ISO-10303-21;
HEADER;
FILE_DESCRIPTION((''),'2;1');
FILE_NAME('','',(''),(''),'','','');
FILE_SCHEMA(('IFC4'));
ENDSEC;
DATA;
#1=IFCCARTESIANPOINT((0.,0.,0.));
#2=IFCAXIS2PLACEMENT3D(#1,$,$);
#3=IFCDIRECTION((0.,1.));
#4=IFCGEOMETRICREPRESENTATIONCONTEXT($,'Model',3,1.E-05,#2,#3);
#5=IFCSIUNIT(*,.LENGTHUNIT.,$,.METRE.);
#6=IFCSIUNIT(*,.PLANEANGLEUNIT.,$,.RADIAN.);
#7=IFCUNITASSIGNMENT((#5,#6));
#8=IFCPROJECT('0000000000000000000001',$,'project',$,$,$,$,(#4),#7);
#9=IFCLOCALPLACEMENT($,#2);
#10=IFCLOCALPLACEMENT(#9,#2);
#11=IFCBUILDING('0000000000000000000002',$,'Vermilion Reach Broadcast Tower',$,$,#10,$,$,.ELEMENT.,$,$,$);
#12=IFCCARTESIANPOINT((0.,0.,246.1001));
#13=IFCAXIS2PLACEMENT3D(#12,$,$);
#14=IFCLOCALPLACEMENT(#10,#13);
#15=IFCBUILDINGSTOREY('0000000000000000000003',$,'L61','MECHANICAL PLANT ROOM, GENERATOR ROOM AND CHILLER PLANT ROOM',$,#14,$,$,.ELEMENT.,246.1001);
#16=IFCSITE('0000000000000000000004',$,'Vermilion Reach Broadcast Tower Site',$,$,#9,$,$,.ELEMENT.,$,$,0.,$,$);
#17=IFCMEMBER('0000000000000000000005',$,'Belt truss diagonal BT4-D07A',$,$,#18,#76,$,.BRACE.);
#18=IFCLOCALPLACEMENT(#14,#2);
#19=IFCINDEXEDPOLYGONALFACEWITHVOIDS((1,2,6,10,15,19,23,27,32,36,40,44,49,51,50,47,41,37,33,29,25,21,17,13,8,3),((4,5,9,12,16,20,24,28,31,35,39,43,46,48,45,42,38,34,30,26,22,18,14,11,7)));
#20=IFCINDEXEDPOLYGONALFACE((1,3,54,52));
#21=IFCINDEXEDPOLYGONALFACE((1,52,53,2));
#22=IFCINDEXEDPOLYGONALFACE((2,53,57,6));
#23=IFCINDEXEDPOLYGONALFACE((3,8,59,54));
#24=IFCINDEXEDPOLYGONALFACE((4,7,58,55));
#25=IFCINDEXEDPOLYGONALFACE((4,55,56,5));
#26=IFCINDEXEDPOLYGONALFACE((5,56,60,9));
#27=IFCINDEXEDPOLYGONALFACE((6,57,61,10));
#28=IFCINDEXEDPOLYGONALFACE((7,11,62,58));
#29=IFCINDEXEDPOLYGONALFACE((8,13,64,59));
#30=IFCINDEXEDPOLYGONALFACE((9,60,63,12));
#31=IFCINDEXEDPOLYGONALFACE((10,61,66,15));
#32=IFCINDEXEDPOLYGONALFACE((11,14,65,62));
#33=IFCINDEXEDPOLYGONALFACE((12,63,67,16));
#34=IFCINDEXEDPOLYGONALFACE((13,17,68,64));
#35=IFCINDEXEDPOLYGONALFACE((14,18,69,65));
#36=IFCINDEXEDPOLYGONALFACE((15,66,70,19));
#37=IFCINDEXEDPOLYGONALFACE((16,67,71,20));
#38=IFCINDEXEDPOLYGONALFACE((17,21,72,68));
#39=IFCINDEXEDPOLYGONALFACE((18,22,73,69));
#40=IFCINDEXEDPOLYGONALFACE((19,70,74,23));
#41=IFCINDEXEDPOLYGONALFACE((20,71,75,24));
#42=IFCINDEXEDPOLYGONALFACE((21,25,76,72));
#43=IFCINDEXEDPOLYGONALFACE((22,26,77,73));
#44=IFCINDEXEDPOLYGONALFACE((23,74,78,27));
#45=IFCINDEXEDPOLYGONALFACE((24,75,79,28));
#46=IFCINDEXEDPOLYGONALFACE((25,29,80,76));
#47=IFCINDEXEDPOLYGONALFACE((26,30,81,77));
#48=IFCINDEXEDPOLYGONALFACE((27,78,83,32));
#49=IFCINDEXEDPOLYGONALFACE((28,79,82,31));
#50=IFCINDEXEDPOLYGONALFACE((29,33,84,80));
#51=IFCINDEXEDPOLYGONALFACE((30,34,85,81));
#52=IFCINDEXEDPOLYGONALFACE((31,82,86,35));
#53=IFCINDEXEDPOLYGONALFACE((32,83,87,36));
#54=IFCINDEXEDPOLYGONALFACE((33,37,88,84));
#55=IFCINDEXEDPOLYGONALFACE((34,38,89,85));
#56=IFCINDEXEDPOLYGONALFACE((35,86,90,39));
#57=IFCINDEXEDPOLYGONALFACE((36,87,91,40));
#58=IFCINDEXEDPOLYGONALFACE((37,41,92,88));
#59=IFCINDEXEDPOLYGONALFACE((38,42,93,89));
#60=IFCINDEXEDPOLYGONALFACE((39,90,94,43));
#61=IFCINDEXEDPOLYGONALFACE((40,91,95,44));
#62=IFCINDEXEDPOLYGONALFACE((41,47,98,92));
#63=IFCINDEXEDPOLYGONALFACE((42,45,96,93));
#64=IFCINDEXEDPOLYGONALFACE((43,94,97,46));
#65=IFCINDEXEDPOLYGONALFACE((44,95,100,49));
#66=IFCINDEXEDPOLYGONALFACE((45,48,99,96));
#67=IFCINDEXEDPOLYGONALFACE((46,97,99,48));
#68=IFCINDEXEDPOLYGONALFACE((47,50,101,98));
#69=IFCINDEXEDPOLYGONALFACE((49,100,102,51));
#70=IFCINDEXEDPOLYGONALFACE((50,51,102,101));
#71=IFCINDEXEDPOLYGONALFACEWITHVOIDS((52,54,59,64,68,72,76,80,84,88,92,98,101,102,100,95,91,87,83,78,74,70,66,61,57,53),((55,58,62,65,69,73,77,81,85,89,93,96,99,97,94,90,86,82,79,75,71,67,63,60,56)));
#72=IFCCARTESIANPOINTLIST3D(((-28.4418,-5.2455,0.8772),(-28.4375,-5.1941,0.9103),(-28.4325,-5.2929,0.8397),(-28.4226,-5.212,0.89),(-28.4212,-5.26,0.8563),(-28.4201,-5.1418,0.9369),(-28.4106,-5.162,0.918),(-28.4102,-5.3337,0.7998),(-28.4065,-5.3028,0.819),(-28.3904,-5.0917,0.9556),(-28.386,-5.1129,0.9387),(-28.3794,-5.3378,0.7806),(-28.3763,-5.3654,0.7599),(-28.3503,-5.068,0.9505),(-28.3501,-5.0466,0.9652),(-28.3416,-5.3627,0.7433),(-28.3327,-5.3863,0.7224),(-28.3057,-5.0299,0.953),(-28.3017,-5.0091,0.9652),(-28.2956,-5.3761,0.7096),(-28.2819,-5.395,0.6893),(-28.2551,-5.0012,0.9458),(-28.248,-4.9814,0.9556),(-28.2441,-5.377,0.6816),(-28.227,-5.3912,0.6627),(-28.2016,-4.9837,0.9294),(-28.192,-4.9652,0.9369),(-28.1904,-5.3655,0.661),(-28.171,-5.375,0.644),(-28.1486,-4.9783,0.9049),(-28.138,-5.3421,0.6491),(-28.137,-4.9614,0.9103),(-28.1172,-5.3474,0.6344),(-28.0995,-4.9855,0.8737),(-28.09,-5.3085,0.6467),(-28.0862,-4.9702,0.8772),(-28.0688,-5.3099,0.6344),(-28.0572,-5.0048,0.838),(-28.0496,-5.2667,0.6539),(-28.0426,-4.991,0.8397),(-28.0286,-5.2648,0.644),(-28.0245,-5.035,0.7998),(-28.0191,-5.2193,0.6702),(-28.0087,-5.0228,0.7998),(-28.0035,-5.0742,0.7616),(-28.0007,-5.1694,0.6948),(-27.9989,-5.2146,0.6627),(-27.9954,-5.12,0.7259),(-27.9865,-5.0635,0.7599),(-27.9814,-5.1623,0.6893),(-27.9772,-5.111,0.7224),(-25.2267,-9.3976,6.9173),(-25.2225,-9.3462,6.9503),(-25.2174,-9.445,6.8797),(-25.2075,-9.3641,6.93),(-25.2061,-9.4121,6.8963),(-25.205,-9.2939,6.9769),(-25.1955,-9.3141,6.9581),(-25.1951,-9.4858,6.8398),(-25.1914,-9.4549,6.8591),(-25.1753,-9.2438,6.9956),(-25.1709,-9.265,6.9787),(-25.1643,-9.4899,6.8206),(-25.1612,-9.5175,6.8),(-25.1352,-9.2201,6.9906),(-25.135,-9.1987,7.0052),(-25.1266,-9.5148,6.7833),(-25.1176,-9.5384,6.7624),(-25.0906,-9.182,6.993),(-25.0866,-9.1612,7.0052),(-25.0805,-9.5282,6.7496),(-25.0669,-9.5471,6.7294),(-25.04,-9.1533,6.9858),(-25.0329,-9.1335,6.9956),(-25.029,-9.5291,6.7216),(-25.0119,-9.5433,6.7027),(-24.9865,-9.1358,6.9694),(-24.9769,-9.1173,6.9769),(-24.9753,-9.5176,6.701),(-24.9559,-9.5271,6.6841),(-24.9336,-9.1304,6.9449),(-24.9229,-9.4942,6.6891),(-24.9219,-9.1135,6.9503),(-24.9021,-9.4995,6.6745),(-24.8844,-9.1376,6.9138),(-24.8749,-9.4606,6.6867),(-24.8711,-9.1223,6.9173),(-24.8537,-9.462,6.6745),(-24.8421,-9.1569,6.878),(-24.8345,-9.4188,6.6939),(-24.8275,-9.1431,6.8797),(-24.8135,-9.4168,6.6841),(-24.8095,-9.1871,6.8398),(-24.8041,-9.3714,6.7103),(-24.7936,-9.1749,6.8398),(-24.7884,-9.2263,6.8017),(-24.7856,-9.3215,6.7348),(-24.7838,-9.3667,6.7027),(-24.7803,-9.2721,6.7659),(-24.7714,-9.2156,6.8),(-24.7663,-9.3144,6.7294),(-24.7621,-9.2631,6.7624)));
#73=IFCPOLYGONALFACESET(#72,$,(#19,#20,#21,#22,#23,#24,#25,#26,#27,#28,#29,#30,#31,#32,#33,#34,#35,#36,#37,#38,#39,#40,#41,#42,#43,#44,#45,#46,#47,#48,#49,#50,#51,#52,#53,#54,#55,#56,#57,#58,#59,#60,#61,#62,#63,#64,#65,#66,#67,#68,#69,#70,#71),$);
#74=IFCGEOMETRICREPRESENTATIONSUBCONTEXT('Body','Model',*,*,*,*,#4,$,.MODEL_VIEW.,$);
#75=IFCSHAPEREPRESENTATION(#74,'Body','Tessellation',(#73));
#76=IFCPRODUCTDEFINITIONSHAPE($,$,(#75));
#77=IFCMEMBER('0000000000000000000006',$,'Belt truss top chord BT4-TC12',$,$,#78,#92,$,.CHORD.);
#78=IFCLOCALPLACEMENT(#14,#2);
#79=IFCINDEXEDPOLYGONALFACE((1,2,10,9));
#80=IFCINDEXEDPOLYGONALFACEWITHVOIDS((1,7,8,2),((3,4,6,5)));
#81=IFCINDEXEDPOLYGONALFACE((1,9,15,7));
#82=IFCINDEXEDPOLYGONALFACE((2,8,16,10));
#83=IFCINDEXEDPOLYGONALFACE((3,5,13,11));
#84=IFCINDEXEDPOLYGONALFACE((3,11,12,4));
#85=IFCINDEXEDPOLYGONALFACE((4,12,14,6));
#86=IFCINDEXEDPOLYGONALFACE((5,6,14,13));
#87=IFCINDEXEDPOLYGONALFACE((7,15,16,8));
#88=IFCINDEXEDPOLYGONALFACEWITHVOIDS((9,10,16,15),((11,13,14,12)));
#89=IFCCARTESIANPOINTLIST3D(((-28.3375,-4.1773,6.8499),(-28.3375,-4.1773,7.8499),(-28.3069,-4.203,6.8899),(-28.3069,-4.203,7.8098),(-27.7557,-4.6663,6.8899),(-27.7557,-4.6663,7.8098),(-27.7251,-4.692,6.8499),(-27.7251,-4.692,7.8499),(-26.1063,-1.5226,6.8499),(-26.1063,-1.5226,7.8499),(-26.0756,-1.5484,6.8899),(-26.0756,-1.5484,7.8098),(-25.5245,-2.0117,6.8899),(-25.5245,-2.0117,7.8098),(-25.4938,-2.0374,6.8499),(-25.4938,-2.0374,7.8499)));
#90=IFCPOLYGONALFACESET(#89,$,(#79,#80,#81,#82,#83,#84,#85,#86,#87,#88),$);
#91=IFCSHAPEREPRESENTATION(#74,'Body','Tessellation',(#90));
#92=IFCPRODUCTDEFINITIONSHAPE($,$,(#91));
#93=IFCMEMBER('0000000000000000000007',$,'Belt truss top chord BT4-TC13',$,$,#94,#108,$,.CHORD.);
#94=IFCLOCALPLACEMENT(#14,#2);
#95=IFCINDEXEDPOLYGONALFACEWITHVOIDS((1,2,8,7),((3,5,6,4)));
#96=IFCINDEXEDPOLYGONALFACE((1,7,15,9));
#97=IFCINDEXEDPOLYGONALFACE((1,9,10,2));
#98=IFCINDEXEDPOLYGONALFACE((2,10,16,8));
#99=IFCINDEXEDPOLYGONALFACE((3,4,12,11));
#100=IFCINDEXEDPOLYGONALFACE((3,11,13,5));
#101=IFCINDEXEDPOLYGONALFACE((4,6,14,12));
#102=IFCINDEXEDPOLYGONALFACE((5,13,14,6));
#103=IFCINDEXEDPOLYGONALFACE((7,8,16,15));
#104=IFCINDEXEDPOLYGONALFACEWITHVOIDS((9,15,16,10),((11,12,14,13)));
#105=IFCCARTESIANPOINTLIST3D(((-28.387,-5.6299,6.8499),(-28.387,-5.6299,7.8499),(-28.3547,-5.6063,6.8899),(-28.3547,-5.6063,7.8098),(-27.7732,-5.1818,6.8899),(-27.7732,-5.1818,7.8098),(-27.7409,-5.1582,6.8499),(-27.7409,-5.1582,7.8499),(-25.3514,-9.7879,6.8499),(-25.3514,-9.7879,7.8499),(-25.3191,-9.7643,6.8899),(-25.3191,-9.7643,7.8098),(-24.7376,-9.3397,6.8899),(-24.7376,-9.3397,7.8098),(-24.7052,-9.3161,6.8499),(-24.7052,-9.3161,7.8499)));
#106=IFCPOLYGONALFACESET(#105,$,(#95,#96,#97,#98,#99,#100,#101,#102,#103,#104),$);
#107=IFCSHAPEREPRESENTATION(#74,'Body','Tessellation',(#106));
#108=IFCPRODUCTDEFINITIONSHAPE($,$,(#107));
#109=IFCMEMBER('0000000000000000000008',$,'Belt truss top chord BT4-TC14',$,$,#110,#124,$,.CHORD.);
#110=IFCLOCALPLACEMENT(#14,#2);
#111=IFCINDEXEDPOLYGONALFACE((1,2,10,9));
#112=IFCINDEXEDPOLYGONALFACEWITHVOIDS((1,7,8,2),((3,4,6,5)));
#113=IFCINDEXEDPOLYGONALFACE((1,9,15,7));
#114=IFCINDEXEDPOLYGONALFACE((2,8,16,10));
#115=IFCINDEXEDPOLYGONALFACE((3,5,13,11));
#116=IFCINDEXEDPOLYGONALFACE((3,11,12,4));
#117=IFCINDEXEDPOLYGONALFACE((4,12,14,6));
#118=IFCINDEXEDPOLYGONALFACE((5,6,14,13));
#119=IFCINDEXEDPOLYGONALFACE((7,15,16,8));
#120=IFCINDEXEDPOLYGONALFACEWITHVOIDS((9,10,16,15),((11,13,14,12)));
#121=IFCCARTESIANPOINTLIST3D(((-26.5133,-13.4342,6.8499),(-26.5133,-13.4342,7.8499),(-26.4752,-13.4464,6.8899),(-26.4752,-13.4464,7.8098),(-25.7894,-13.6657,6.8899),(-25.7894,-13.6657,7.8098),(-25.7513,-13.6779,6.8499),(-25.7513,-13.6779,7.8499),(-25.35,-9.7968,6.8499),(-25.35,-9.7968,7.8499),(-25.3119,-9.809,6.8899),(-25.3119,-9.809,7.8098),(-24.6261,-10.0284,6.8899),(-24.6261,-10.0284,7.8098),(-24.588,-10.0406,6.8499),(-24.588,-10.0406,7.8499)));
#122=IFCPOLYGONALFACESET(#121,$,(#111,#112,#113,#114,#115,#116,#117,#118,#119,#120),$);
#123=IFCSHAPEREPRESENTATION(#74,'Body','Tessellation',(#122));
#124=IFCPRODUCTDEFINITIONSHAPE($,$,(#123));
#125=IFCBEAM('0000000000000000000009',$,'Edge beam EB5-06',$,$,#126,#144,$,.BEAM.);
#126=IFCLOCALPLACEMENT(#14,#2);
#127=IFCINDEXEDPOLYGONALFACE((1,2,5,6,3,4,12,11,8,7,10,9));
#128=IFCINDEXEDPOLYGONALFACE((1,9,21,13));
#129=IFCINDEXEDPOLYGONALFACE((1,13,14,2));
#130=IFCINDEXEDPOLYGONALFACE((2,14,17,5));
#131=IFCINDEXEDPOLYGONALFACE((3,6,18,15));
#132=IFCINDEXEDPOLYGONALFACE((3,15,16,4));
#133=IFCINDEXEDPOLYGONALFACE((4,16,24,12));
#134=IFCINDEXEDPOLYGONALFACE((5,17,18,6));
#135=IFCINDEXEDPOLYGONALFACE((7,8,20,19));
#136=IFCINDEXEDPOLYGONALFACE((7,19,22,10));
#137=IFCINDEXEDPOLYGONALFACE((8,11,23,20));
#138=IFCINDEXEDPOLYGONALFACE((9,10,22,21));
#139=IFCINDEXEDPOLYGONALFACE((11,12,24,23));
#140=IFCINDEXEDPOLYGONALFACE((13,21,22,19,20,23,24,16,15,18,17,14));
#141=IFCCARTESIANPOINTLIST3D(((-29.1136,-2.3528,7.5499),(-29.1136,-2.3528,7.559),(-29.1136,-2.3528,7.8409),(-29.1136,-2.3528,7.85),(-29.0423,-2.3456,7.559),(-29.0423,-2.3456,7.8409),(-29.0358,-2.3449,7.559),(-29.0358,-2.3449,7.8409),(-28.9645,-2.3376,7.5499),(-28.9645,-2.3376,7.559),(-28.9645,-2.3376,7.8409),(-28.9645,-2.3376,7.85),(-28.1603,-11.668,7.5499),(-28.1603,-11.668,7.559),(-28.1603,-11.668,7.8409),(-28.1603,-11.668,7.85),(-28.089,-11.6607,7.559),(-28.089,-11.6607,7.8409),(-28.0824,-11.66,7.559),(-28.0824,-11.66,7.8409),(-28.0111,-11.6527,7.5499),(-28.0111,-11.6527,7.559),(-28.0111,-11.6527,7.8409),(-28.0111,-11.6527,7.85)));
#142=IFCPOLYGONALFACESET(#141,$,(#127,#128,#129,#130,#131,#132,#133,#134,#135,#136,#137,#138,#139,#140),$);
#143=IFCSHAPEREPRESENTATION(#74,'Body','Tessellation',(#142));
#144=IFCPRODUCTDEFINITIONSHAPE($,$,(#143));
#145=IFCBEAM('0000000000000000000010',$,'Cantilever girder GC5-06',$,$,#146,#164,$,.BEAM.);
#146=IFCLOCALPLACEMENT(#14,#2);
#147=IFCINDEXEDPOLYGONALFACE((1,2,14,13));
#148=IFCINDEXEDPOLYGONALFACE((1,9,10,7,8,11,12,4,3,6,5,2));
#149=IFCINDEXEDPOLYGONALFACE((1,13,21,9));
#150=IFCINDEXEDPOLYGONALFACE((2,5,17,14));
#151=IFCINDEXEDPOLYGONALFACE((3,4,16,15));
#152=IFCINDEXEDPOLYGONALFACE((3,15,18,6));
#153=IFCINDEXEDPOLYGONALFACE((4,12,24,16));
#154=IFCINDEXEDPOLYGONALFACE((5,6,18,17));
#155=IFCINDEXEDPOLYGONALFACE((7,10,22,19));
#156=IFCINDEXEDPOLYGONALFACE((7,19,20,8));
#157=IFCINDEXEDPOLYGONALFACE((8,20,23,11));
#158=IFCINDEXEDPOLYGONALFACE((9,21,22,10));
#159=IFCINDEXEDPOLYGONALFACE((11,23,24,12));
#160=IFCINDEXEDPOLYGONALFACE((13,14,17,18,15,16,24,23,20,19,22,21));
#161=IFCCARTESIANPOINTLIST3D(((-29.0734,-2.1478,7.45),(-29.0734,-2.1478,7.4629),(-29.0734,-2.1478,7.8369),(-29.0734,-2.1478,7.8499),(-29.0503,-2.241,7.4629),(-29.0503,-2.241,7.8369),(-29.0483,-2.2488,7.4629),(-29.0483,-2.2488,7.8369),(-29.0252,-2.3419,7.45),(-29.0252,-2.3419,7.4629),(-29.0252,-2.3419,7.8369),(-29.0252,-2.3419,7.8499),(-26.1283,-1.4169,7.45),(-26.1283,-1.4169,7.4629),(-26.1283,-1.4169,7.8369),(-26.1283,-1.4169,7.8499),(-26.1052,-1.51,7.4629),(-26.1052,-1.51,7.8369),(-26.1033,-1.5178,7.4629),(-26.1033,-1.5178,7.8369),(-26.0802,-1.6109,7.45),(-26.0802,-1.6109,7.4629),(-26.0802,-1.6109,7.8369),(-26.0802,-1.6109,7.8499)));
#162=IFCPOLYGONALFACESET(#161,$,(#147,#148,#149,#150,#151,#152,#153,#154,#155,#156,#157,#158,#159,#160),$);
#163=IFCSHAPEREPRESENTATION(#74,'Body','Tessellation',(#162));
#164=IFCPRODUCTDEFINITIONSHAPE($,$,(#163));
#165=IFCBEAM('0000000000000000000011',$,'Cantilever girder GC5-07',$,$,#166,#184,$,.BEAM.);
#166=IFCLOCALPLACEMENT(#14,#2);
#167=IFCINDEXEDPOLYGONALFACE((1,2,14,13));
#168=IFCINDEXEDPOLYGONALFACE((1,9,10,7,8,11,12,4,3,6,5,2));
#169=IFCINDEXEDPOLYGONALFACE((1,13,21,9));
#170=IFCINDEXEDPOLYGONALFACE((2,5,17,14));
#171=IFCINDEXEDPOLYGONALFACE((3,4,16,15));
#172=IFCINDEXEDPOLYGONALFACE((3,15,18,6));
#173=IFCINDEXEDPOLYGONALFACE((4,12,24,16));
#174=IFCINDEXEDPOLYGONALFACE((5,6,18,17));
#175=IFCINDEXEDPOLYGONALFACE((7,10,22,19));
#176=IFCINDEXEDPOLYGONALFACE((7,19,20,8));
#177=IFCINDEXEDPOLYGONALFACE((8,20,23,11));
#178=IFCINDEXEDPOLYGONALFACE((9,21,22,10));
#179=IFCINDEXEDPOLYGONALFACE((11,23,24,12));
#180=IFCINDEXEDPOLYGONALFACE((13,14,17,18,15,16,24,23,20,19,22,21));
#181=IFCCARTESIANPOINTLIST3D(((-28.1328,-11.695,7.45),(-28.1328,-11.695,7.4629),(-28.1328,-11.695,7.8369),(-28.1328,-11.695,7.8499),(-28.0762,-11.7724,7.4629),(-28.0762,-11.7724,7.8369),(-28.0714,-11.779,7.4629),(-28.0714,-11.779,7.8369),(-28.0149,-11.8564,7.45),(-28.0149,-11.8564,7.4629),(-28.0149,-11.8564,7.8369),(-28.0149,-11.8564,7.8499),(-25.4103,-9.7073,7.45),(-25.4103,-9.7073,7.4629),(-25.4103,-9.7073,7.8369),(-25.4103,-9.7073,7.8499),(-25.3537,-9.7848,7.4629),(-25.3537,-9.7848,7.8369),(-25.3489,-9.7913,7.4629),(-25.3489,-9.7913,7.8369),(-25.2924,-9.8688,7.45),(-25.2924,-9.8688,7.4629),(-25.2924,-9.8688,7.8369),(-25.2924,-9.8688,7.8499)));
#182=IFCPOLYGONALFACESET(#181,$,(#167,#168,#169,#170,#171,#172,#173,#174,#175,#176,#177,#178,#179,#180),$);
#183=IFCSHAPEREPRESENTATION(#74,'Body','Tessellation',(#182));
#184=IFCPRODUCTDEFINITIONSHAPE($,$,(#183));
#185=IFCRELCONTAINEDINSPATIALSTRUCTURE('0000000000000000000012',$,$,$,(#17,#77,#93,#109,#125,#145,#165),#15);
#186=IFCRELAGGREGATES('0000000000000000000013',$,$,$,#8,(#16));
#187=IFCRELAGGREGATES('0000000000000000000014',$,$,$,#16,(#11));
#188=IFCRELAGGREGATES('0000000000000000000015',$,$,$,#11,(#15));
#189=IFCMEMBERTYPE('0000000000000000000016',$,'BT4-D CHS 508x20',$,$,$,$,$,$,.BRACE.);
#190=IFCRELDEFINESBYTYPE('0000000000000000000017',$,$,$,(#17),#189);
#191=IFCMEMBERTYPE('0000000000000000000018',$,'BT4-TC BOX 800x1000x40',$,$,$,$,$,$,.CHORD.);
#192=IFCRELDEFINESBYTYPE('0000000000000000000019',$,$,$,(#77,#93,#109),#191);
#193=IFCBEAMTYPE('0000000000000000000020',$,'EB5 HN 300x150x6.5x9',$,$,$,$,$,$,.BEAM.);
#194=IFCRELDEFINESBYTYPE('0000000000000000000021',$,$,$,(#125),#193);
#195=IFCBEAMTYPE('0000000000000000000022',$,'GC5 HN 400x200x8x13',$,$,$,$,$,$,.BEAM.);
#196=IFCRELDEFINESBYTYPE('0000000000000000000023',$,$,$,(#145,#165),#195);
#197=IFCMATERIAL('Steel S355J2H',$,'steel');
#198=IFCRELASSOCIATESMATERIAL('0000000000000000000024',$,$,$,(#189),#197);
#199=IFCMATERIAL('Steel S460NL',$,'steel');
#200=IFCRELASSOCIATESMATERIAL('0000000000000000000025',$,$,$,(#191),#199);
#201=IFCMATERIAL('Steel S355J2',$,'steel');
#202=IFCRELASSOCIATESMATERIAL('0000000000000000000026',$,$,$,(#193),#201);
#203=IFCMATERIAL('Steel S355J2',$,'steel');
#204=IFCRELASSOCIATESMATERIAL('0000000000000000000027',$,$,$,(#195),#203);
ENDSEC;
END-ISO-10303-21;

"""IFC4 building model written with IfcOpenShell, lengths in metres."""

from ifc_helpers import new_model, si_unit, direction, frame, origin, origin_2d, place, context, subcontext, project, spatial, hollow_rectangle, hollow_circle, i_section, extrude, material, material_profile, profile_set, type_object, element, save


model = new_model("IFC4")

# Units and contexts
model_context = context("Model", 3, precision=1e-05, world=origin(), true_north=direction((0.0, 1.0)))
body_context = subcontext(model_context, "Body", "Model", "MODEL_VIEW")
ifc_project = project(units=[si_unit("LENGTHUNIT", "METRE"), si_unit("PLANEANGLEUNIT", "RADIAN")], contexts=[model_context])

# Site, building, storey
site_placement = place(None, origin())
site = spatial("IfcSite", under=ifc_project, at=site_placement, Name="Vermilion Reach Broadcast Tower Site", CompositionType="ELEMENT", RefElevation=0.0)
building_placement = place(site_placement, origin())
building = spatial("IfcBuilding", under=site, at=building_placement, Name="Vermilion Reach Broadcast Tower", CompositionType="ELEMENT")
storey_placement = place(building_placement, frame((0.0, 0.0, 246.1001)))
storey = spatial("IfcBuildingStorey", under=building, at=storey_placement, Name="L61", Description="MECHANICAL PLANT ROOM, GENERATOR ROOM AND CHILLER PLANT ROOM", CompositionType="ELEMENT", Elevation=246.1001)

# Members
ifc_material_1 = material(Name="Steel S355J2H", Category="steel")
ifc_material_profile_1 = material_profile(ifc_material_1, hollow_circle(Radius=0.2539, WallThickness=0.02, at=origin_2d()), Name="S355J2H CHS 508x20")
ifc_profile_set_1 = profile_set([ifc_material_profile_1], Name="Steel S355J2H")
member_type_1 = type_object("IfcMemberType", Name="BT4-D CHS 508x20", PredefinedType="BRACE", material=ifc_profile_set_1)
member_1_placement = place(storey_placement, frame((-28.2095, -5.1782, 0.7998), z_axis=(0.401702, -0.518774, 0.754658), x_axis=(0.790672, 0.61224, 0.0)))
element("IfcMember", 1, at=member_1_placement, inside=storey, type_object=member_type_1, Name="Belt truss diagonal BT4-D07A", PredefinedType="BRACE", context=body_context, shape_type="SweptSolid", body=[
    extrude(hollow_circle(Radius=0.2539, WallThickness=0.02, at=origin_2d()), origin(), (0.0, 0.0, 1.0), 8.0037),
])
ifc_material_2 = material(Name="Steel S460NL", Category="steel")
ifc_material_profile_2 = material_profile(ifc_material_2, hollow_rectangle(XDim=0.8, YDim=1.0, WallThickness=0.04, at=origin_2d()), Name="S460NL BOX 800x1000x40")
ifc_profile_set_2 = profile_set([ifc_material_profile_2], Name="Steel S460NL")
member_type_2 = type_object("IfcMemberType", Name="BT4-TC BOX 800x1000x40", PredefinedType="CHORD", material=ifc_profile_set_2)
member_2_placement = place(storey_placement, frame((-25.8, -1.78, 7.3499), z_axis=(-0.643427, -0.765508, 0.0), x_axis=(0.765508, -0.643427, 0.0)))
element("IfcMember", 2, at=member_2_placement, inside=storey, type_object=member_type_2, Name="Belt truss top chord BT4-TC12", PredefinedType="CHORD", context=body_context, shape_type="SweptSolid", body=[
    extrude(hollow_rectangle(XDim=0.8, YDim=1.0, WallThickness=0.04, at=origin_2d()), origin(), (0.0, 0.0, 1.0), 3.4678),
])
member_3_placement = place(storey_placement, frame((-28.064, -5.394, 7.3499), z_axis=(0.589654, -0.807656, 0.0), x_axis=(0.807656, 0.589654, 0.0)))
element("IfcMember", 3, at=member_3_placement, inside=storey, type_object=member_type_2, Name="Belt truss top chord BT4-TC13", PredefinedType="CHORD", context=body_context, shape_type="SweptSolid", body=[
    extrude(hollow_rectangle(XDim=0.8, YDim=1.0, WallThickness=0.04, at=origin_2d()), origin(), (0.0, 0.0, 1.0), 5.1482),
])
member_4_placement = place(storey_placement, frame((-24.969, -9.9187, 7.3499), z_axis=(-0.30462, -0.952474, 0.0), x_axis=(0.952474, -0.30462, 0.0)))
element("IfcMember", 4, at=member_4_placement, inside=storey, type_object=member_type_2, Name="Belt truss top chord BT4-TC14", PredefinedType="CHORD", context=body_context, shape_type="SweptSolid", body=[
    extrude(hollow_rectangle(XDim=0.8, YDim=1.0, WallThickness=0.04, at=origin_2d()), origin(), (0.0, 0.0, 1.0), 3.8188),
])

# Beams
ifc_material_3 = material(Name="Steel S355J2", Category="steel")
ifc_material_profile_3 = material_profile(ifc_material_3, i_section(OverallWidth=0.1499, OverallDepth=0.3, WebThickness=0.0066, FlangeThickness=0.009, at=origin_2d()), Name="S355J2 HN 300x150x6.5x9")
ifc_profile_set_3 = profile_set([ifc_material_profile_3], Name="Steel S355J2")
beam_type_1 = type_object("IfcBeamType", Name="EB5 HN 300x150x6.5x9", PredefinedType="BEAM", material=ifc_profile_set_3)
beam_1_placement = place(storey_placement, frame((-29.0391, -2.3452, 7.7), z_axis=(0.101814, -0.994803, 0.0), x_axis=(0.994803, 0.101814, 0.0)))
element("IfcBeam", 5, at=beam_1_placement, inside=storey, type_object=beam_type_1, Name="Edge beam EB5-06", PredefinedType="BEAM", context=body_context, shape_type="SweptSolid", body=[
    extrude(i_section(OverallWidth=0.1499, OverallDepth=0.3, WebThickness=0.0066, FlangeThickness=0.009, at=origin_2d()), origin(), (0.0, 0.0, 1.0), 9.3638),
])
ifc_material_4 = material(Name="Steel S355J2", Category="steel")
ifc_material_profile_4 = material_profile(ifc_material_4, i_section(OverallWidth=0.2, OverallDepth=0.3999, WebThickness=0.0081, FlangeThickness=0.0129, at=origin_2d()), Name="S355J2 HN 400x200x8x13")
ifc_profile_set_4 = profile_set([ifc_material_profile_4], Name="Steel S355J2")
beam_type_2 = type_object("IfcBeamType", Name="GC5 HN 400x200x8x13", PredefinedType="BEAM", material=ifc_profile_set_4)
beam_2_placement = place(storey_placement, frame((-26.1042, -1.5139, 7.6499), z_axis=(-0.970553, -0.240888, 0.0), x_axis=(0.240888, -0.970553, 0.0)))
element("IfcBeam", 6, at=beam_2_placement, inside=storey, type_object=beam_type_2, Name="Cantilever girder GC5-06", PredefinedType="BEAM", context=body_context, shape_type="SweptSolid", body=[
    extrude(i_section(OverallWidth=0.2, OverallDepth=0.3999, WebThickness=0.0081, FlangeThickness=0.0129, at=origin_2d()), origin(), (0.0, 0.0, 1.0), 3.0344),
])
beam_3_placement = place(storey_placement, frame((-25.3513, -9.7881, 7.6499), z_axis=(-0.80766, -0.589648, 0.0), x_axis=(0.589648, -0.80766, 0.0)))
element("IfcBeam", 7, at=beam_3_placement, inside=storey, type_object=beam_type_2, Name="Cantilever girder GC5-07", PredefinedType="BEAM", context=body_context, shape_type="SweptSolid", body=[
    extrude(i_section(OverallWidth=0.2, OverallDepth=0.3999, WebThickness=0.0081, FlangeThickness=0.0129, at=origin_2d()), origin(), (0.0, 0.0, 1.0), 3.3708),
])

save(model, "model.ifc")
